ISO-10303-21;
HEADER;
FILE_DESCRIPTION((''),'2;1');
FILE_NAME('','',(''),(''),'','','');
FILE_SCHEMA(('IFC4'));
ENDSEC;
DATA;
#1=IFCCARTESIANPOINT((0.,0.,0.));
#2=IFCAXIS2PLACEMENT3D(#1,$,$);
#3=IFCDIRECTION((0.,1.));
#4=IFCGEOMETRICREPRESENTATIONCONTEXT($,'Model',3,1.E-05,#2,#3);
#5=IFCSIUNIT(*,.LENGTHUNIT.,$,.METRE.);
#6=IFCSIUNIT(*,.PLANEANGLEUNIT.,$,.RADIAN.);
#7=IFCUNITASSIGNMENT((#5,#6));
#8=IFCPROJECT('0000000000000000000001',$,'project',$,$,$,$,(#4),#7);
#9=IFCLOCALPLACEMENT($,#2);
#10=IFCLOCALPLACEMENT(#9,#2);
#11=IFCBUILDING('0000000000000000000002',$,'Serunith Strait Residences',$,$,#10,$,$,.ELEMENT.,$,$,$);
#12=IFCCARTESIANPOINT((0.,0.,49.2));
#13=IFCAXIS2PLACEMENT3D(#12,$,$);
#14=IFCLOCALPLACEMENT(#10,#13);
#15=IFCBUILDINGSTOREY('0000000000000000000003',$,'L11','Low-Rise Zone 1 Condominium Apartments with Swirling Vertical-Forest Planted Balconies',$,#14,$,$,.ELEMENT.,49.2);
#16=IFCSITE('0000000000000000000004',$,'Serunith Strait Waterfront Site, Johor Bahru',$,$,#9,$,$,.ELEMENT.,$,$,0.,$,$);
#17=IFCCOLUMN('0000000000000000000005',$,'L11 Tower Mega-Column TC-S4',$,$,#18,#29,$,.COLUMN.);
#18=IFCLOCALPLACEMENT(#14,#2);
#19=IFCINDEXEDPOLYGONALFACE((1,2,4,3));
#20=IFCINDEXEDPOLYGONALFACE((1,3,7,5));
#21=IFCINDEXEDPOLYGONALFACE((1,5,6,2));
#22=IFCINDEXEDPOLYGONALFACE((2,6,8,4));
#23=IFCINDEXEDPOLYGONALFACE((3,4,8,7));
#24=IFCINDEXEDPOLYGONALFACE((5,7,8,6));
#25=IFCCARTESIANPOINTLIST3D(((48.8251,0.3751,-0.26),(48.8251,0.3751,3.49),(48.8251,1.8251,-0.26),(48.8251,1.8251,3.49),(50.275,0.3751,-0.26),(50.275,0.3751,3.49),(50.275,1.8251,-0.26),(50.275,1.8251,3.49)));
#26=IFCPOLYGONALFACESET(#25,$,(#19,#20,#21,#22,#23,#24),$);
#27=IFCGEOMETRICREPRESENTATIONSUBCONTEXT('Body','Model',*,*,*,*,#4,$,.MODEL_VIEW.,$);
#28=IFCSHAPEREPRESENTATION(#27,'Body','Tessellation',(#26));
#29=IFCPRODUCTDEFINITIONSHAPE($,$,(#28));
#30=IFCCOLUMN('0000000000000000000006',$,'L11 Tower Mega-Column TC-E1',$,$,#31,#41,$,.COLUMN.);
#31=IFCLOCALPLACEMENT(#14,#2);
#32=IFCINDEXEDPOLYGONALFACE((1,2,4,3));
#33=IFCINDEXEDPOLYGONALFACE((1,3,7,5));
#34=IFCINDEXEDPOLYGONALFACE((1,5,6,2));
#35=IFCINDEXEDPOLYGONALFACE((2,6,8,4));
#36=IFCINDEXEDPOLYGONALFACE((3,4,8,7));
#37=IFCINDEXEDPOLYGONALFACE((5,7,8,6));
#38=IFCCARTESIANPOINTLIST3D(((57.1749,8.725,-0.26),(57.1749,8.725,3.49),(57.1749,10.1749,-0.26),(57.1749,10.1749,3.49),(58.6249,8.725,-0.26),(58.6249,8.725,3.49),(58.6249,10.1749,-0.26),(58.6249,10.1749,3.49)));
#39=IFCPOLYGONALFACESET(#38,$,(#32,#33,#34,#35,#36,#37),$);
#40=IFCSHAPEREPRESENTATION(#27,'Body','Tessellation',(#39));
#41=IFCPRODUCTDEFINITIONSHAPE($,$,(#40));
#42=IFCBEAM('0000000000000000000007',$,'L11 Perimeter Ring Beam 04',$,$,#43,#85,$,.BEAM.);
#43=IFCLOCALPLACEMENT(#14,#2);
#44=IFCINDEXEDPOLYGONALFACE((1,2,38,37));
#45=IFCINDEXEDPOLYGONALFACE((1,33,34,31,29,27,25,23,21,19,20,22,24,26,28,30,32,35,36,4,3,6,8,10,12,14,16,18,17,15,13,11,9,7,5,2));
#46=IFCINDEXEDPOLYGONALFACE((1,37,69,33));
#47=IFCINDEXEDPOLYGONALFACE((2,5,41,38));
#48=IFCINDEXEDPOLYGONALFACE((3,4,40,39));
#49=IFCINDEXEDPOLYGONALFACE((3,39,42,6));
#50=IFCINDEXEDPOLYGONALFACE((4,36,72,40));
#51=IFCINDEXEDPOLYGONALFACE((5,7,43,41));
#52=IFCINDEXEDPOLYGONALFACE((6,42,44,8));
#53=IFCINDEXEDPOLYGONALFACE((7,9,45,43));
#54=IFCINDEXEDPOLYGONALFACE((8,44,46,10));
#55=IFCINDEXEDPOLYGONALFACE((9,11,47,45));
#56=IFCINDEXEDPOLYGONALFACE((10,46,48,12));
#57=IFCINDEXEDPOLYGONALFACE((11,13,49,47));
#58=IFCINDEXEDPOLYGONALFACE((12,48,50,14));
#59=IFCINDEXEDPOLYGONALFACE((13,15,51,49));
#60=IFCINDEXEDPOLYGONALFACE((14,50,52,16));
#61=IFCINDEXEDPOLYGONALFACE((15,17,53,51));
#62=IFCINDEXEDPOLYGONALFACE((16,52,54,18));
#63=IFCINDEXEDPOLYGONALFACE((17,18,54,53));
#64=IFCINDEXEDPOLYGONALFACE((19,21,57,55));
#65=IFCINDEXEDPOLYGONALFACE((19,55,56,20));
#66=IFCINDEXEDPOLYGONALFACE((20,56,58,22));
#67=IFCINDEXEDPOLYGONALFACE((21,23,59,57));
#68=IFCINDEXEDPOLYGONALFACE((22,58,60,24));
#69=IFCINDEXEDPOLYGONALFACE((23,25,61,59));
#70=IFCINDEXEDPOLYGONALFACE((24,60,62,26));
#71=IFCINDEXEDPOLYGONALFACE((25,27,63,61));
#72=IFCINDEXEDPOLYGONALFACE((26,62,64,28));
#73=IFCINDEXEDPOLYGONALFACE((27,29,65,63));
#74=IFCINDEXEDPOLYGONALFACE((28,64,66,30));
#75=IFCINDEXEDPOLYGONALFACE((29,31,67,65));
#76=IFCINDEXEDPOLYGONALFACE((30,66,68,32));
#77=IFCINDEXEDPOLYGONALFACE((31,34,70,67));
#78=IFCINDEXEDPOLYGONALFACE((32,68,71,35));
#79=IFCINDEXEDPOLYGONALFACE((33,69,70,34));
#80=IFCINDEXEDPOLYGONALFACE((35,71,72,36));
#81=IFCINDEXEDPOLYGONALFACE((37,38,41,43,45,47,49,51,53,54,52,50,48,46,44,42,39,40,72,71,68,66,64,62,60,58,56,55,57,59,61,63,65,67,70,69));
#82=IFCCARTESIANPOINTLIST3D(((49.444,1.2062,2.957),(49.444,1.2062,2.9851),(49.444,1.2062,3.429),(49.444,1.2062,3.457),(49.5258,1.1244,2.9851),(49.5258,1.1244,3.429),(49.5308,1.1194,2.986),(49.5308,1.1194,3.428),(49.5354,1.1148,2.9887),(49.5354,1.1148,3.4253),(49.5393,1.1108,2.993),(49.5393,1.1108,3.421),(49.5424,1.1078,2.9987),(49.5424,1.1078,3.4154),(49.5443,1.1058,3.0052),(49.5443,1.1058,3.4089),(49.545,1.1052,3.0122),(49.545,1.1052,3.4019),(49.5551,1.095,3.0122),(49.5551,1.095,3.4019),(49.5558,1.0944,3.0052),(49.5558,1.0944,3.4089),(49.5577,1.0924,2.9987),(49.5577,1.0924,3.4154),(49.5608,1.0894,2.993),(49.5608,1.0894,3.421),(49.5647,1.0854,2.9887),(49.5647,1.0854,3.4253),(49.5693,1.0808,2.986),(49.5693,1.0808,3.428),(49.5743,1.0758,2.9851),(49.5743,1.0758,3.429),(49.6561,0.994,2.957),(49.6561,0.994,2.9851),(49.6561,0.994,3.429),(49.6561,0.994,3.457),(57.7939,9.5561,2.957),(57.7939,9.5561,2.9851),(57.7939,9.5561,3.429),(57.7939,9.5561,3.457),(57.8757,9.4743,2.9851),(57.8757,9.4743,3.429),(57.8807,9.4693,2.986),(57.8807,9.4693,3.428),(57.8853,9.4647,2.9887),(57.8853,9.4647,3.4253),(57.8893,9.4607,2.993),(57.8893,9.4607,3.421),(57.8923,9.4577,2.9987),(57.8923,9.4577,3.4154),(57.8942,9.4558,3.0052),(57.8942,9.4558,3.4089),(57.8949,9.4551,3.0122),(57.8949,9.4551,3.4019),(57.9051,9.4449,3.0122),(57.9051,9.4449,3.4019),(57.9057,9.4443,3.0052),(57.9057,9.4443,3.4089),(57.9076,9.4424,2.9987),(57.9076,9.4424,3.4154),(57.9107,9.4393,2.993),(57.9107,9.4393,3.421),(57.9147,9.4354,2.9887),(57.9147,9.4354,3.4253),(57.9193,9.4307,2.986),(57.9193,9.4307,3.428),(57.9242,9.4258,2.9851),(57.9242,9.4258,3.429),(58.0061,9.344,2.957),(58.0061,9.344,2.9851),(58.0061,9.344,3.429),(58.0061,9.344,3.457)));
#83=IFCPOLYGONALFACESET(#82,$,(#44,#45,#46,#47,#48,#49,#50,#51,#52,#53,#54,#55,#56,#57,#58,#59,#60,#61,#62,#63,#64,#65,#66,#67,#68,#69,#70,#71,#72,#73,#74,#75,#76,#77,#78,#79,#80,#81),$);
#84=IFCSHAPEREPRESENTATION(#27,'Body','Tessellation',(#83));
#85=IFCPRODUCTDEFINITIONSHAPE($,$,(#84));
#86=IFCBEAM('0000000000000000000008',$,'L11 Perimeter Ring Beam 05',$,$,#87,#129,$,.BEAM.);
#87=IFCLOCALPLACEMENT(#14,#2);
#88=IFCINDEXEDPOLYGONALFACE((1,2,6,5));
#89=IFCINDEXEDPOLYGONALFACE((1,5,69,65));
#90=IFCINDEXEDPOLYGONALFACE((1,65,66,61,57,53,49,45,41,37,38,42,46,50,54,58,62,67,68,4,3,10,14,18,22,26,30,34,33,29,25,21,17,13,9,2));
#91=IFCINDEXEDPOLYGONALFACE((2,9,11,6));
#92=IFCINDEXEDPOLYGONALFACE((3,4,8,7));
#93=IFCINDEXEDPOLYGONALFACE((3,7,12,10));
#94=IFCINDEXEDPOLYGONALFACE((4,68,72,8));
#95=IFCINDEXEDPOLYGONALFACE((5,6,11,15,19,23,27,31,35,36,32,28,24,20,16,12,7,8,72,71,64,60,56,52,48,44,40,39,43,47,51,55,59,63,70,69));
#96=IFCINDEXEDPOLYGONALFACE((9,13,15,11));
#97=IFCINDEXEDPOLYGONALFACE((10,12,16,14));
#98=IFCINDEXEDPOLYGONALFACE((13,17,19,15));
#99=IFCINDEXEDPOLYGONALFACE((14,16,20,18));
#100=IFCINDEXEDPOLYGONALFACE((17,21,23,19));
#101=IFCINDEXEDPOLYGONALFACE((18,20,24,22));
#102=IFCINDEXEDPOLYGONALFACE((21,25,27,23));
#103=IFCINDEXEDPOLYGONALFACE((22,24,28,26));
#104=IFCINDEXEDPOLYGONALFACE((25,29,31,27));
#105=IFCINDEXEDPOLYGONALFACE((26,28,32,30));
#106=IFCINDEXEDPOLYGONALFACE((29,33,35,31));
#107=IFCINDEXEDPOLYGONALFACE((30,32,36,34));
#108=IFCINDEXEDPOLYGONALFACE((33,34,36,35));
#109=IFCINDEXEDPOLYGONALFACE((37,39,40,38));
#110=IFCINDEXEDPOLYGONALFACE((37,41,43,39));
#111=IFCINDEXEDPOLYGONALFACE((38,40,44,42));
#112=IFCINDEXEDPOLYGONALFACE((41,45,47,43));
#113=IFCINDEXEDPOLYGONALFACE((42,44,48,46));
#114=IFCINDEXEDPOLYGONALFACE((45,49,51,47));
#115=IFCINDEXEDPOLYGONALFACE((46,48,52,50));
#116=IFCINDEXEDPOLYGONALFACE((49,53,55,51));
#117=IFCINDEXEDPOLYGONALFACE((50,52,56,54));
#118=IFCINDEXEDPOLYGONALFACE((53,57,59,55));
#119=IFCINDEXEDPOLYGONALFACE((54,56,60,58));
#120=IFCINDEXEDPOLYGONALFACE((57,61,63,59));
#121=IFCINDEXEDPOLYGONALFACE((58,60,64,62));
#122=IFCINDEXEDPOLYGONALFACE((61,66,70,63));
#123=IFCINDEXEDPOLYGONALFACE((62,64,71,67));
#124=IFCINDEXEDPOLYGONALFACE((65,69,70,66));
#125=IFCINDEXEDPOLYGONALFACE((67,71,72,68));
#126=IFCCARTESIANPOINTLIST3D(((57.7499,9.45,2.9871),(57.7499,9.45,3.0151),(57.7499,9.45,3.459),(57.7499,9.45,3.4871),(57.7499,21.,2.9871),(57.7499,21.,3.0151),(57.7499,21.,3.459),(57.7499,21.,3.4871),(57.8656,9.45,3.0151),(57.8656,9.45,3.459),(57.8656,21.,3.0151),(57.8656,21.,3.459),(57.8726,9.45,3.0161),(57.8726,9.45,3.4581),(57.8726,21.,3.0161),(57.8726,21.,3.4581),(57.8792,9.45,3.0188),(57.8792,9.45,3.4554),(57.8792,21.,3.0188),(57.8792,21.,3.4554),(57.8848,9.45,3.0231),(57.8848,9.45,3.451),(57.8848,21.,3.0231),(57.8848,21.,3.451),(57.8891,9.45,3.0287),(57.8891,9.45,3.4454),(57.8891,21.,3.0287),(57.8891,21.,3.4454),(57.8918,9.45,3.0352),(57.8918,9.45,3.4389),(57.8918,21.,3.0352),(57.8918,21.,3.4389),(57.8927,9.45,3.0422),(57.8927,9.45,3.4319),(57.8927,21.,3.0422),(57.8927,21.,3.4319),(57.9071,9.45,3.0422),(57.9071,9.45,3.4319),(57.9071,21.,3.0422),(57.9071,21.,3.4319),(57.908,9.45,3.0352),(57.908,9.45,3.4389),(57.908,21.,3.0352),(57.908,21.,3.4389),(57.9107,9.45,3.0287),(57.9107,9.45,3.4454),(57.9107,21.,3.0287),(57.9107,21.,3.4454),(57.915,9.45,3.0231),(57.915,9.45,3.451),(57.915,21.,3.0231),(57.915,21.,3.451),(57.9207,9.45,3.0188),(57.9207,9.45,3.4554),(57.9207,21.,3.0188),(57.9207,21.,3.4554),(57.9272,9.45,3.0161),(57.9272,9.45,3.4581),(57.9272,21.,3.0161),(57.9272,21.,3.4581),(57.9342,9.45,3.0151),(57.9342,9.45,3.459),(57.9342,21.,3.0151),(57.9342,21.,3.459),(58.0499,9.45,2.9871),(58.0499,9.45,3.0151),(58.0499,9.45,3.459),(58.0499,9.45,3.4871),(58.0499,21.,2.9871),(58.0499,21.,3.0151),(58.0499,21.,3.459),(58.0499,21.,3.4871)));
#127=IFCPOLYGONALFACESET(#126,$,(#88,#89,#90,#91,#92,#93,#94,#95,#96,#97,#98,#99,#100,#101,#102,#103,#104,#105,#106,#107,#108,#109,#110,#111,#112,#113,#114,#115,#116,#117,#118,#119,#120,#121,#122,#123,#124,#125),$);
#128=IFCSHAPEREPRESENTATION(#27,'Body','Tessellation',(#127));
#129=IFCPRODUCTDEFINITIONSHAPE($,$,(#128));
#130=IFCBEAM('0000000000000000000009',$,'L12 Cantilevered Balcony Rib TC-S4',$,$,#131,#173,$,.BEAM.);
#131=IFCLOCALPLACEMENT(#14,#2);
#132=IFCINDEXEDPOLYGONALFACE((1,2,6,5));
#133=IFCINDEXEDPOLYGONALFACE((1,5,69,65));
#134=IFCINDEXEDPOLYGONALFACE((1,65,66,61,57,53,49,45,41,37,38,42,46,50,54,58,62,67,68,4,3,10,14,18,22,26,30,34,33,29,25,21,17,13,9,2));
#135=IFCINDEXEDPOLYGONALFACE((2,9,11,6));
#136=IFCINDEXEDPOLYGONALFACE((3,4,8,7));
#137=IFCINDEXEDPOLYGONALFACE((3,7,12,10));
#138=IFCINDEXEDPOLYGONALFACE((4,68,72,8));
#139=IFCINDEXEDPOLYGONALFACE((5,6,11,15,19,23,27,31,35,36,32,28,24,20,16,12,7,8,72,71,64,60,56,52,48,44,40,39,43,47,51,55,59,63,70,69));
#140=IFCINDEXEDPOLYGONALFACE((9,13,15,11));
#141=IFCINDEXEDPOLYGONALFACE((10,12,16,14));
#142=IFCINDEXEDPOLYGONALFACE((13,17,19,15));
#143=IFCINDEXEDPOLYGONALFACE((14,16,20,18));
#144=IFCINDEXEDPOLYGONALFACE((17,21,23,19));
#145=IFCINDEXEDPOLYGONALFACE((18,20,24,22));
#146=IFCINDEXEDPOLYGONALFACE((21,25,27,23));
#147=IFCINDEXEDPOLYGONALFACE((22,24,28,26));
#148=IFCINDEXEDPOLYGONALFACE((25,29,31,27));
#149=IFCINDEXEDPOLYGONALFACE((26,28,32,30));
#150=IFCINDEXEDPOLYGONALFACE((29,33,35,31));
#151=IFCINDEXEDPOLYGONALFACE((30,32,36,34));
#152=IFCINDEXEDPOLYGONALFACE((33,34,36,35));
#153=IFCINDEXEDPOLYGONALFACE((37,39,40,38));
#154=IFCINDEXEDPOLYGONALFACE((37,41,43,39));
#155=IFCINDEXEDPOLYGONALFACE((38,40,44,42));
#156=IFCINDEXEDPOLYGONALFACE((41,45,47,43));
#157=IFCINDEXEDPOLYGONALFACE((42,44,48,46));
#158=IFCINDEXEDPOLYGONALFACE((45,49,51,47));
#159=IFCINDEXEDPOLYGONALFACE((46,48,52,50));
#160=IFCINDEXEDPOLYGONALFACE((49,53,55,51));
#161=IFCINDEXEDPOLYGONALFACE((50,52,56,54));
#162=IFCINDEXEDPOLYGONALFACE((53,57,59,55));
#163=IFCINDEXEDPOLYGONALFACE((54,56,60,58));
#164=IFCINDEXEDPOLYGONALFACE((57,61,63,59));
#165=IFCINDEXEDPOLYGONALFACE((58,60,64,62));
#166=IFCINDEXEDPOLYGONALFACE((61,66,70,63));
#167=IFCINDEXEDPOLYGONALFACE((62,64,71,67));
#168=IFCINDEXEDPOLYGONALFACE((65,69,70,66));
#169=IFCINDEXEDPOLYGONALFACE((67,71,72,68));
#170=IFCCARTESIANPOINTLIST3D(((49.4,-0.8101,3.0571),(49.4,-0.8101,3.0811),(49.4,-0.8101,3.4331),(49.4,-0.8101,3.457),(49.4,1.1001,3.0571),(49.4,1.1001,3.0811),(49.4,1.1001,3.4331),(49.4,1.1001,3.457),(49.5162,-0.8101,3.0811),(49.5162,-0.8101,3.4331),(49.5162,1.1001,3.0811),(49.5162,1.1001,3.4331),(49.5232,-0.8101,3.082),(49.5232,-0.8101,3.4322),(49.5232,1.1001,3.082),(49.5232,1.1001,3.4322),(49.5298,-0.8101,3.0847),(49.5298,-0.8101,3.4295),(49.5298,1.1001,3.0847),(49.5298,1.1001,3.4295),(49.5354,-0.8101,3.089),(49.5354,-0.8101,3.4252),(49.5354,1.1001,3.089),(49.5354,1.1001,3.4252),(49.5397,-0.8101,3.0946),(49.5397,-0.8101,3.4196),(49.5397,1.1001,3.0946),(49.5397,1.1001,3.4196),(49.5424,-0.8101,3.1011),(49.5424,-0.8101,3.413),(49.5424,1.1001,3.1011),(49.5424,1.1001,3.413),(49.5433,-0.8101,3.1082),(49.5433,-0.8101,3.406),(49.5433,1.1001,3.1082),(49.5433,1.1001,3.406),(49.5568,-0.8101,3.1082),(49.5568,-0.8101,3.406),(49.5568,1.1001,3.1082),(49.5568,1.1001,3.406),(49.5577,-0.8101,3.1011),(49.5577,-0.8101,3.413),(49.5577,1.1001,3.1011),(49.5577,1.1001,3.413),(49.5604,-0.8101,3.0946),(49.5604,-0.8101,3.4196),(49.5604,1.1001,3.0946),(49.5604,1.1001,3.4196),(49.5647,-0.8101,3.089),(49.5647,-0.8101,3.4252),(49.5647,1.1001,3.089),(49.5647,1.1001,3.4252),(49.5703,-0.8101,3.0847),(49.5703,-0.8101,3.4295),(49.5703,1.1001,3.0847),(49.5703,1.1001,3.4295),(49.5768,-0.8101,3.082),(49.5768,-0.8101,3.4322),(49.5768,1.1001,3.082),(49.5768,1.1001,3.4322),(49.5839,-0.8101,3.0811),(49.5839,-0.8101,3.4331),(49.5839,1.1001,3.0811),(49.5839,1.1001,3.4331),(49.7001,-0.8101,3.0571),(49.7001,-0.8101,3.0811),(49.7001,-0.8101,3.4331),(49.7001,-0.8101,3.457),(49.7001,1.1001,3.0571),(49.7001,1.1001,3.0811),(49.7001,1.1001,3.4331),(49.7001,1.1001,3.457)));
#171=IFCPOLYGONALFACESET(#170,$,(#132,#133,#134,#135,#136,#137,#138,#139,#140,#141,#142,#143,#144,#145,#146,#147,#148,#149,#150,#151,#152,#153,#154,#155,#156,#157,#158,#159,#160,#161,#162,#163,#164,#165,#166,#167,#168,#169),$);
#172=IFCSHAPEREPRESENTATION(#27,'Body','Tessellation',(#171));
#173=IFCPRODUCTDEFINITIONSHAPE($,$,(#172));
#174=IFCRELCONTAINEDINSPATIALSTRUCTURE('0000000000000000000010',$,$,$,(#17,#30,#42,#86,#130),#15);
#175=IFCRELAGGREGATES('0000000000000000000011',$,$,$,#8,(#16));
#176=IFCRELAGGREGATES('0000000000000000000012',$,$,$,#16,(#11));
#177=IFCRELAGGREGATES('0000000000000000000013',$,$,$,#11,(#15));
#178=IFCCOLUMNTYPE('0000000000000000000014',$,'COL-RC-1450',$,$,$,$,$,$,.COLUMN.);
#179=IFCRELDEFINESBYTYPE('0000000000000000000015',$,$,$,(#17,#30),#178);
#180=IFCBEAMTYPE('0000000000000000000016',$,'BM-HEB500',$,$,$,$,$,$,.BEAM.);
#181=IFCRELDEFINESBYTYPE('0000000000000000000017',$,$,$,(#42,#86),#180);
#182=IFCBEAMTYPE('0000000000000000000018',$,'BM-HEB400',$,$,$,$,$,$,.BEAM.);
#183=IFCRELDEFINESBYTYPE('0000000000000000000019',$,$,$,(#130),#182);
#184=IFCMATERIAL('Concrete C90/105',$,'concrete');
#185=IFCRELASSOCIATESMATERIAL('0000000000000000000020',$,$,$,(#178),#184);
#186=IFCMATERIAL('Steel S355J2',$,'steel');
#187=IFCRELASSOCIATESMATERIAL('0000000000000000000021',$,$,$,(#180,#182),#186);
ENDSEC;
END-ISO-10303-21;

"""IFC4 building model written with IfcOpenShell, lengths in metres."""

from ifc_helpers import new_model, si_unit, direction, frame, origin, origin_2d, place, context, subcontext, project, spatial, rectangle, i_section, extrude, source, transform, mapped, material, material_profile, profile_set, type_object, element, save


model = new_model("IFC4")

# Units and contexts
model_context = context("Model", 3, precision=1e-05, world=origin(), true_north=direction((0.0, 1.0)))
body_context = subcontext(model_context, "Body", "Model", "MODEL_VIEW")
ifc_project = project(units=[si_unit("LENGTHUNIT", "METRE"), si_unit("PLANEANGLEUNIT", "RADIAN")], contexts=[model_context])

# Site, building, storey
site_placement = place(None, origin())
site = spatial("IfcSite", under=ifc_project, at=site_placement, Name="Serunith Strait Waterfront Site, Johor Bahru", CompositionType="ELEMENT", RefElevation=0.0)
building_placement = place(site_placement, origin())
building = spatial("IfcBuilding", under=site, at=building_placement, Name="Serunith Strait Residences", CompositionType="ELEMENT")
storey_placement = place(building_placement, frame((0.0, 0.0, 49.2)))
storey = spatial("IfcBuildingStorey", under=building, at=storey_placement, Name="L11", Description="Low-Rise Zone 1 Condominium Apartments with Swirling Vertical-Forest Planted Balconies", CompositionType="ELEMENT", Elevation=49.2)

# Columns
ifc_material_1 = material(Name="Concrete C90/105", Category="concrete")
ifc_material_profile_1 = material_profile(ifc_material_1, rectangle(XDim=1.45, YDim=1.45, at=origin_2d()), Name="RC 1450x1450")
ifc_profile_set_1 = profile_set([ifc_material_profile_1], Name="Concrete C90/105")
column_type = type_object("IfcColumnType", Name="COL-RC-1450", PredefinedType="COLUMN", material=ifc_profile_set_1)
shared_shape_1 = source(origin(), body_context, "Body", "SweptSolid", [
    extrude(rectangle(XDim=1.45, YDim=1.45, at=origin_2d()), origin(), (0.0, 0.0, 1.0), 3.75),
])
for number, where, z_axis, x_axis, name in (
    (1, (49.55, 1.1001, -0.26), (0.0, 0.0, 1.0), (1.0, 0.0, 0.0), "L11 Tower Mega-Column TC-S4"),
    (2, (57.8999, 9.45, -0.26), (0.0, 0.0, 1.0), (1.0, 0.0, 0.0), "L11 Tower Mega-Column TC-E1"),
):
    element("IfcColumn", number, at=place(storey_placement, frame(where, z_axis=z_axis, x_axis=x_axis)), inside=storey, type_object=column_type, Name=name, PredefinedType="COLUMN", context=body_context, shape_type="MappedRepresentation", body=[
        mapped(shared_shape_1, transform((0.0, 0.0, 0.0), scale=1.0)),
    ])

# Beams
ifc_material_2 = material(Name="Steel S355J2", Category="steel")
ifc_material_profile_2 = material_profile(ifc_material_2, i_section(OverallWidth=0.3, OverallDepth=0.5, WebThickness=0.0144, FlangeThickness=0.0281, FilletRadius=0.0271, at=origin_2d()), Name="HEB 500")
ifc_profile_set_2 = profile_set([ifc_material_profile_2], Name="Steel S355J2")
beam_type_1 = type_object("IfcBeamType", Name="BM-HEB500", PredefinedType="BEAM", material=ifc_profile_set_2)
shared_shape_2 = source(origin(), body_context, "Body", "SweptSolid", [
    extrude(i_section(OverallWidth=0.3, OverallDepth=0.5, WebThickness=0.0144, FlangeThickness=0.0281, FilletRadius=0.0271, at=origin_2d()), origin(), (0.0, 0.0, 1.0), 11.8086),
])
beam_1_placement = place(storey_placement, frame((49.55, 1.1001, 3.207), z_axis=(0.707107, 0.707107, 0.0), x_axis=(-0.707107, 0.707107, 0.0)))
element("IfcBeam", 3, at=beam_1_placement, inside=storey, type_object=beam_type_1, Name="L11 Perimeter Ring Beam 04", PredefinedType="BEAM", context=body_context, shape_type="MappedRepresentation", body=[
    mapped(shared_shape_2, transform((0.0, 0.0, 0.0), scale=1.0)),
])
shared_shape_3 = source(origin(), body_context, "Body", "SweptSolid", [
    extrude(i_section(OverallWidth=0.3, OverallDepth=0.5, WebThickness=0.0144, FlangeThickness=0.0281, FilletRadius=0.0271, at=origin_2d()), origin(), (0.0, 0.0, 1.0), 11.55),
])
beam_2_placement = place(storey_placement, frame((57.8999, 9.45, 3.2371), z_axis=(0.0, 1.0, 0.0), x_axis=(-1.0, 0.0, 0.0)))
element("IfcBeam", 4, at=beam_2_placement, inside=storey, type_object=beam_type_1, Name="L11 Perimeter Ring Beam 05", PredefinedType="BEAM", context=body_context, shape_type="MappedRepresentation", body=[
    mapped(shared_shape_3, transform((0.0, 0.0, 0.0), scale=1.0)),
])
ifc_material_profile_3 = material_profile(ifc_material_2, i_section(OverallWidth=0.3, OverallDepth=0.3999, WebThickness=0.0134, FlangeThickness=0.0239, FilletRadius=0.0271, at=origin_2d()), Name="HEB 400")
ifc_profile_set_3 = profile_set([ifc_material_profile_3], Name="Steel S355J2")
beam_type_2 = type_object("IfcBeamType", Name="BM-HEB400", PredefinedType="BEAM", material=ifc_profile_set_3)
shared_shape_4 = source(origin(), body_context, "Body", "SweptSolid", [
    extrude(i_section(OverallWidth=0.3, OverallDepth=0.3999, WebThickness=0.0134, FlangeThickness=0.0239, FilletRadius=0.0271, at=origin_2d()), origin(), (0.0, 0.0, 1.0), 1.9102),
])
beam_3_placement = place(storey_placement, frame((49.55, 1.1001, 3.2571), z_axis=(0.0, -1.0, 0.0), x_axis=(1.0, 0.0, 0.0)))
element("IfcBeam", 5, at=beam_3_placement, inside=storey, type_object=beam_type_2, Name="L12 Cantilevered Balcony Rib TC-S4", PredefinedType="BEAM", context=body_context, shape_type="MappedRepresentation", body=[
    mapped(shared_shape_4, transform((0.0, 0.0, 0.0), scale=1.0)),
])

save(model, "model.ifc")
